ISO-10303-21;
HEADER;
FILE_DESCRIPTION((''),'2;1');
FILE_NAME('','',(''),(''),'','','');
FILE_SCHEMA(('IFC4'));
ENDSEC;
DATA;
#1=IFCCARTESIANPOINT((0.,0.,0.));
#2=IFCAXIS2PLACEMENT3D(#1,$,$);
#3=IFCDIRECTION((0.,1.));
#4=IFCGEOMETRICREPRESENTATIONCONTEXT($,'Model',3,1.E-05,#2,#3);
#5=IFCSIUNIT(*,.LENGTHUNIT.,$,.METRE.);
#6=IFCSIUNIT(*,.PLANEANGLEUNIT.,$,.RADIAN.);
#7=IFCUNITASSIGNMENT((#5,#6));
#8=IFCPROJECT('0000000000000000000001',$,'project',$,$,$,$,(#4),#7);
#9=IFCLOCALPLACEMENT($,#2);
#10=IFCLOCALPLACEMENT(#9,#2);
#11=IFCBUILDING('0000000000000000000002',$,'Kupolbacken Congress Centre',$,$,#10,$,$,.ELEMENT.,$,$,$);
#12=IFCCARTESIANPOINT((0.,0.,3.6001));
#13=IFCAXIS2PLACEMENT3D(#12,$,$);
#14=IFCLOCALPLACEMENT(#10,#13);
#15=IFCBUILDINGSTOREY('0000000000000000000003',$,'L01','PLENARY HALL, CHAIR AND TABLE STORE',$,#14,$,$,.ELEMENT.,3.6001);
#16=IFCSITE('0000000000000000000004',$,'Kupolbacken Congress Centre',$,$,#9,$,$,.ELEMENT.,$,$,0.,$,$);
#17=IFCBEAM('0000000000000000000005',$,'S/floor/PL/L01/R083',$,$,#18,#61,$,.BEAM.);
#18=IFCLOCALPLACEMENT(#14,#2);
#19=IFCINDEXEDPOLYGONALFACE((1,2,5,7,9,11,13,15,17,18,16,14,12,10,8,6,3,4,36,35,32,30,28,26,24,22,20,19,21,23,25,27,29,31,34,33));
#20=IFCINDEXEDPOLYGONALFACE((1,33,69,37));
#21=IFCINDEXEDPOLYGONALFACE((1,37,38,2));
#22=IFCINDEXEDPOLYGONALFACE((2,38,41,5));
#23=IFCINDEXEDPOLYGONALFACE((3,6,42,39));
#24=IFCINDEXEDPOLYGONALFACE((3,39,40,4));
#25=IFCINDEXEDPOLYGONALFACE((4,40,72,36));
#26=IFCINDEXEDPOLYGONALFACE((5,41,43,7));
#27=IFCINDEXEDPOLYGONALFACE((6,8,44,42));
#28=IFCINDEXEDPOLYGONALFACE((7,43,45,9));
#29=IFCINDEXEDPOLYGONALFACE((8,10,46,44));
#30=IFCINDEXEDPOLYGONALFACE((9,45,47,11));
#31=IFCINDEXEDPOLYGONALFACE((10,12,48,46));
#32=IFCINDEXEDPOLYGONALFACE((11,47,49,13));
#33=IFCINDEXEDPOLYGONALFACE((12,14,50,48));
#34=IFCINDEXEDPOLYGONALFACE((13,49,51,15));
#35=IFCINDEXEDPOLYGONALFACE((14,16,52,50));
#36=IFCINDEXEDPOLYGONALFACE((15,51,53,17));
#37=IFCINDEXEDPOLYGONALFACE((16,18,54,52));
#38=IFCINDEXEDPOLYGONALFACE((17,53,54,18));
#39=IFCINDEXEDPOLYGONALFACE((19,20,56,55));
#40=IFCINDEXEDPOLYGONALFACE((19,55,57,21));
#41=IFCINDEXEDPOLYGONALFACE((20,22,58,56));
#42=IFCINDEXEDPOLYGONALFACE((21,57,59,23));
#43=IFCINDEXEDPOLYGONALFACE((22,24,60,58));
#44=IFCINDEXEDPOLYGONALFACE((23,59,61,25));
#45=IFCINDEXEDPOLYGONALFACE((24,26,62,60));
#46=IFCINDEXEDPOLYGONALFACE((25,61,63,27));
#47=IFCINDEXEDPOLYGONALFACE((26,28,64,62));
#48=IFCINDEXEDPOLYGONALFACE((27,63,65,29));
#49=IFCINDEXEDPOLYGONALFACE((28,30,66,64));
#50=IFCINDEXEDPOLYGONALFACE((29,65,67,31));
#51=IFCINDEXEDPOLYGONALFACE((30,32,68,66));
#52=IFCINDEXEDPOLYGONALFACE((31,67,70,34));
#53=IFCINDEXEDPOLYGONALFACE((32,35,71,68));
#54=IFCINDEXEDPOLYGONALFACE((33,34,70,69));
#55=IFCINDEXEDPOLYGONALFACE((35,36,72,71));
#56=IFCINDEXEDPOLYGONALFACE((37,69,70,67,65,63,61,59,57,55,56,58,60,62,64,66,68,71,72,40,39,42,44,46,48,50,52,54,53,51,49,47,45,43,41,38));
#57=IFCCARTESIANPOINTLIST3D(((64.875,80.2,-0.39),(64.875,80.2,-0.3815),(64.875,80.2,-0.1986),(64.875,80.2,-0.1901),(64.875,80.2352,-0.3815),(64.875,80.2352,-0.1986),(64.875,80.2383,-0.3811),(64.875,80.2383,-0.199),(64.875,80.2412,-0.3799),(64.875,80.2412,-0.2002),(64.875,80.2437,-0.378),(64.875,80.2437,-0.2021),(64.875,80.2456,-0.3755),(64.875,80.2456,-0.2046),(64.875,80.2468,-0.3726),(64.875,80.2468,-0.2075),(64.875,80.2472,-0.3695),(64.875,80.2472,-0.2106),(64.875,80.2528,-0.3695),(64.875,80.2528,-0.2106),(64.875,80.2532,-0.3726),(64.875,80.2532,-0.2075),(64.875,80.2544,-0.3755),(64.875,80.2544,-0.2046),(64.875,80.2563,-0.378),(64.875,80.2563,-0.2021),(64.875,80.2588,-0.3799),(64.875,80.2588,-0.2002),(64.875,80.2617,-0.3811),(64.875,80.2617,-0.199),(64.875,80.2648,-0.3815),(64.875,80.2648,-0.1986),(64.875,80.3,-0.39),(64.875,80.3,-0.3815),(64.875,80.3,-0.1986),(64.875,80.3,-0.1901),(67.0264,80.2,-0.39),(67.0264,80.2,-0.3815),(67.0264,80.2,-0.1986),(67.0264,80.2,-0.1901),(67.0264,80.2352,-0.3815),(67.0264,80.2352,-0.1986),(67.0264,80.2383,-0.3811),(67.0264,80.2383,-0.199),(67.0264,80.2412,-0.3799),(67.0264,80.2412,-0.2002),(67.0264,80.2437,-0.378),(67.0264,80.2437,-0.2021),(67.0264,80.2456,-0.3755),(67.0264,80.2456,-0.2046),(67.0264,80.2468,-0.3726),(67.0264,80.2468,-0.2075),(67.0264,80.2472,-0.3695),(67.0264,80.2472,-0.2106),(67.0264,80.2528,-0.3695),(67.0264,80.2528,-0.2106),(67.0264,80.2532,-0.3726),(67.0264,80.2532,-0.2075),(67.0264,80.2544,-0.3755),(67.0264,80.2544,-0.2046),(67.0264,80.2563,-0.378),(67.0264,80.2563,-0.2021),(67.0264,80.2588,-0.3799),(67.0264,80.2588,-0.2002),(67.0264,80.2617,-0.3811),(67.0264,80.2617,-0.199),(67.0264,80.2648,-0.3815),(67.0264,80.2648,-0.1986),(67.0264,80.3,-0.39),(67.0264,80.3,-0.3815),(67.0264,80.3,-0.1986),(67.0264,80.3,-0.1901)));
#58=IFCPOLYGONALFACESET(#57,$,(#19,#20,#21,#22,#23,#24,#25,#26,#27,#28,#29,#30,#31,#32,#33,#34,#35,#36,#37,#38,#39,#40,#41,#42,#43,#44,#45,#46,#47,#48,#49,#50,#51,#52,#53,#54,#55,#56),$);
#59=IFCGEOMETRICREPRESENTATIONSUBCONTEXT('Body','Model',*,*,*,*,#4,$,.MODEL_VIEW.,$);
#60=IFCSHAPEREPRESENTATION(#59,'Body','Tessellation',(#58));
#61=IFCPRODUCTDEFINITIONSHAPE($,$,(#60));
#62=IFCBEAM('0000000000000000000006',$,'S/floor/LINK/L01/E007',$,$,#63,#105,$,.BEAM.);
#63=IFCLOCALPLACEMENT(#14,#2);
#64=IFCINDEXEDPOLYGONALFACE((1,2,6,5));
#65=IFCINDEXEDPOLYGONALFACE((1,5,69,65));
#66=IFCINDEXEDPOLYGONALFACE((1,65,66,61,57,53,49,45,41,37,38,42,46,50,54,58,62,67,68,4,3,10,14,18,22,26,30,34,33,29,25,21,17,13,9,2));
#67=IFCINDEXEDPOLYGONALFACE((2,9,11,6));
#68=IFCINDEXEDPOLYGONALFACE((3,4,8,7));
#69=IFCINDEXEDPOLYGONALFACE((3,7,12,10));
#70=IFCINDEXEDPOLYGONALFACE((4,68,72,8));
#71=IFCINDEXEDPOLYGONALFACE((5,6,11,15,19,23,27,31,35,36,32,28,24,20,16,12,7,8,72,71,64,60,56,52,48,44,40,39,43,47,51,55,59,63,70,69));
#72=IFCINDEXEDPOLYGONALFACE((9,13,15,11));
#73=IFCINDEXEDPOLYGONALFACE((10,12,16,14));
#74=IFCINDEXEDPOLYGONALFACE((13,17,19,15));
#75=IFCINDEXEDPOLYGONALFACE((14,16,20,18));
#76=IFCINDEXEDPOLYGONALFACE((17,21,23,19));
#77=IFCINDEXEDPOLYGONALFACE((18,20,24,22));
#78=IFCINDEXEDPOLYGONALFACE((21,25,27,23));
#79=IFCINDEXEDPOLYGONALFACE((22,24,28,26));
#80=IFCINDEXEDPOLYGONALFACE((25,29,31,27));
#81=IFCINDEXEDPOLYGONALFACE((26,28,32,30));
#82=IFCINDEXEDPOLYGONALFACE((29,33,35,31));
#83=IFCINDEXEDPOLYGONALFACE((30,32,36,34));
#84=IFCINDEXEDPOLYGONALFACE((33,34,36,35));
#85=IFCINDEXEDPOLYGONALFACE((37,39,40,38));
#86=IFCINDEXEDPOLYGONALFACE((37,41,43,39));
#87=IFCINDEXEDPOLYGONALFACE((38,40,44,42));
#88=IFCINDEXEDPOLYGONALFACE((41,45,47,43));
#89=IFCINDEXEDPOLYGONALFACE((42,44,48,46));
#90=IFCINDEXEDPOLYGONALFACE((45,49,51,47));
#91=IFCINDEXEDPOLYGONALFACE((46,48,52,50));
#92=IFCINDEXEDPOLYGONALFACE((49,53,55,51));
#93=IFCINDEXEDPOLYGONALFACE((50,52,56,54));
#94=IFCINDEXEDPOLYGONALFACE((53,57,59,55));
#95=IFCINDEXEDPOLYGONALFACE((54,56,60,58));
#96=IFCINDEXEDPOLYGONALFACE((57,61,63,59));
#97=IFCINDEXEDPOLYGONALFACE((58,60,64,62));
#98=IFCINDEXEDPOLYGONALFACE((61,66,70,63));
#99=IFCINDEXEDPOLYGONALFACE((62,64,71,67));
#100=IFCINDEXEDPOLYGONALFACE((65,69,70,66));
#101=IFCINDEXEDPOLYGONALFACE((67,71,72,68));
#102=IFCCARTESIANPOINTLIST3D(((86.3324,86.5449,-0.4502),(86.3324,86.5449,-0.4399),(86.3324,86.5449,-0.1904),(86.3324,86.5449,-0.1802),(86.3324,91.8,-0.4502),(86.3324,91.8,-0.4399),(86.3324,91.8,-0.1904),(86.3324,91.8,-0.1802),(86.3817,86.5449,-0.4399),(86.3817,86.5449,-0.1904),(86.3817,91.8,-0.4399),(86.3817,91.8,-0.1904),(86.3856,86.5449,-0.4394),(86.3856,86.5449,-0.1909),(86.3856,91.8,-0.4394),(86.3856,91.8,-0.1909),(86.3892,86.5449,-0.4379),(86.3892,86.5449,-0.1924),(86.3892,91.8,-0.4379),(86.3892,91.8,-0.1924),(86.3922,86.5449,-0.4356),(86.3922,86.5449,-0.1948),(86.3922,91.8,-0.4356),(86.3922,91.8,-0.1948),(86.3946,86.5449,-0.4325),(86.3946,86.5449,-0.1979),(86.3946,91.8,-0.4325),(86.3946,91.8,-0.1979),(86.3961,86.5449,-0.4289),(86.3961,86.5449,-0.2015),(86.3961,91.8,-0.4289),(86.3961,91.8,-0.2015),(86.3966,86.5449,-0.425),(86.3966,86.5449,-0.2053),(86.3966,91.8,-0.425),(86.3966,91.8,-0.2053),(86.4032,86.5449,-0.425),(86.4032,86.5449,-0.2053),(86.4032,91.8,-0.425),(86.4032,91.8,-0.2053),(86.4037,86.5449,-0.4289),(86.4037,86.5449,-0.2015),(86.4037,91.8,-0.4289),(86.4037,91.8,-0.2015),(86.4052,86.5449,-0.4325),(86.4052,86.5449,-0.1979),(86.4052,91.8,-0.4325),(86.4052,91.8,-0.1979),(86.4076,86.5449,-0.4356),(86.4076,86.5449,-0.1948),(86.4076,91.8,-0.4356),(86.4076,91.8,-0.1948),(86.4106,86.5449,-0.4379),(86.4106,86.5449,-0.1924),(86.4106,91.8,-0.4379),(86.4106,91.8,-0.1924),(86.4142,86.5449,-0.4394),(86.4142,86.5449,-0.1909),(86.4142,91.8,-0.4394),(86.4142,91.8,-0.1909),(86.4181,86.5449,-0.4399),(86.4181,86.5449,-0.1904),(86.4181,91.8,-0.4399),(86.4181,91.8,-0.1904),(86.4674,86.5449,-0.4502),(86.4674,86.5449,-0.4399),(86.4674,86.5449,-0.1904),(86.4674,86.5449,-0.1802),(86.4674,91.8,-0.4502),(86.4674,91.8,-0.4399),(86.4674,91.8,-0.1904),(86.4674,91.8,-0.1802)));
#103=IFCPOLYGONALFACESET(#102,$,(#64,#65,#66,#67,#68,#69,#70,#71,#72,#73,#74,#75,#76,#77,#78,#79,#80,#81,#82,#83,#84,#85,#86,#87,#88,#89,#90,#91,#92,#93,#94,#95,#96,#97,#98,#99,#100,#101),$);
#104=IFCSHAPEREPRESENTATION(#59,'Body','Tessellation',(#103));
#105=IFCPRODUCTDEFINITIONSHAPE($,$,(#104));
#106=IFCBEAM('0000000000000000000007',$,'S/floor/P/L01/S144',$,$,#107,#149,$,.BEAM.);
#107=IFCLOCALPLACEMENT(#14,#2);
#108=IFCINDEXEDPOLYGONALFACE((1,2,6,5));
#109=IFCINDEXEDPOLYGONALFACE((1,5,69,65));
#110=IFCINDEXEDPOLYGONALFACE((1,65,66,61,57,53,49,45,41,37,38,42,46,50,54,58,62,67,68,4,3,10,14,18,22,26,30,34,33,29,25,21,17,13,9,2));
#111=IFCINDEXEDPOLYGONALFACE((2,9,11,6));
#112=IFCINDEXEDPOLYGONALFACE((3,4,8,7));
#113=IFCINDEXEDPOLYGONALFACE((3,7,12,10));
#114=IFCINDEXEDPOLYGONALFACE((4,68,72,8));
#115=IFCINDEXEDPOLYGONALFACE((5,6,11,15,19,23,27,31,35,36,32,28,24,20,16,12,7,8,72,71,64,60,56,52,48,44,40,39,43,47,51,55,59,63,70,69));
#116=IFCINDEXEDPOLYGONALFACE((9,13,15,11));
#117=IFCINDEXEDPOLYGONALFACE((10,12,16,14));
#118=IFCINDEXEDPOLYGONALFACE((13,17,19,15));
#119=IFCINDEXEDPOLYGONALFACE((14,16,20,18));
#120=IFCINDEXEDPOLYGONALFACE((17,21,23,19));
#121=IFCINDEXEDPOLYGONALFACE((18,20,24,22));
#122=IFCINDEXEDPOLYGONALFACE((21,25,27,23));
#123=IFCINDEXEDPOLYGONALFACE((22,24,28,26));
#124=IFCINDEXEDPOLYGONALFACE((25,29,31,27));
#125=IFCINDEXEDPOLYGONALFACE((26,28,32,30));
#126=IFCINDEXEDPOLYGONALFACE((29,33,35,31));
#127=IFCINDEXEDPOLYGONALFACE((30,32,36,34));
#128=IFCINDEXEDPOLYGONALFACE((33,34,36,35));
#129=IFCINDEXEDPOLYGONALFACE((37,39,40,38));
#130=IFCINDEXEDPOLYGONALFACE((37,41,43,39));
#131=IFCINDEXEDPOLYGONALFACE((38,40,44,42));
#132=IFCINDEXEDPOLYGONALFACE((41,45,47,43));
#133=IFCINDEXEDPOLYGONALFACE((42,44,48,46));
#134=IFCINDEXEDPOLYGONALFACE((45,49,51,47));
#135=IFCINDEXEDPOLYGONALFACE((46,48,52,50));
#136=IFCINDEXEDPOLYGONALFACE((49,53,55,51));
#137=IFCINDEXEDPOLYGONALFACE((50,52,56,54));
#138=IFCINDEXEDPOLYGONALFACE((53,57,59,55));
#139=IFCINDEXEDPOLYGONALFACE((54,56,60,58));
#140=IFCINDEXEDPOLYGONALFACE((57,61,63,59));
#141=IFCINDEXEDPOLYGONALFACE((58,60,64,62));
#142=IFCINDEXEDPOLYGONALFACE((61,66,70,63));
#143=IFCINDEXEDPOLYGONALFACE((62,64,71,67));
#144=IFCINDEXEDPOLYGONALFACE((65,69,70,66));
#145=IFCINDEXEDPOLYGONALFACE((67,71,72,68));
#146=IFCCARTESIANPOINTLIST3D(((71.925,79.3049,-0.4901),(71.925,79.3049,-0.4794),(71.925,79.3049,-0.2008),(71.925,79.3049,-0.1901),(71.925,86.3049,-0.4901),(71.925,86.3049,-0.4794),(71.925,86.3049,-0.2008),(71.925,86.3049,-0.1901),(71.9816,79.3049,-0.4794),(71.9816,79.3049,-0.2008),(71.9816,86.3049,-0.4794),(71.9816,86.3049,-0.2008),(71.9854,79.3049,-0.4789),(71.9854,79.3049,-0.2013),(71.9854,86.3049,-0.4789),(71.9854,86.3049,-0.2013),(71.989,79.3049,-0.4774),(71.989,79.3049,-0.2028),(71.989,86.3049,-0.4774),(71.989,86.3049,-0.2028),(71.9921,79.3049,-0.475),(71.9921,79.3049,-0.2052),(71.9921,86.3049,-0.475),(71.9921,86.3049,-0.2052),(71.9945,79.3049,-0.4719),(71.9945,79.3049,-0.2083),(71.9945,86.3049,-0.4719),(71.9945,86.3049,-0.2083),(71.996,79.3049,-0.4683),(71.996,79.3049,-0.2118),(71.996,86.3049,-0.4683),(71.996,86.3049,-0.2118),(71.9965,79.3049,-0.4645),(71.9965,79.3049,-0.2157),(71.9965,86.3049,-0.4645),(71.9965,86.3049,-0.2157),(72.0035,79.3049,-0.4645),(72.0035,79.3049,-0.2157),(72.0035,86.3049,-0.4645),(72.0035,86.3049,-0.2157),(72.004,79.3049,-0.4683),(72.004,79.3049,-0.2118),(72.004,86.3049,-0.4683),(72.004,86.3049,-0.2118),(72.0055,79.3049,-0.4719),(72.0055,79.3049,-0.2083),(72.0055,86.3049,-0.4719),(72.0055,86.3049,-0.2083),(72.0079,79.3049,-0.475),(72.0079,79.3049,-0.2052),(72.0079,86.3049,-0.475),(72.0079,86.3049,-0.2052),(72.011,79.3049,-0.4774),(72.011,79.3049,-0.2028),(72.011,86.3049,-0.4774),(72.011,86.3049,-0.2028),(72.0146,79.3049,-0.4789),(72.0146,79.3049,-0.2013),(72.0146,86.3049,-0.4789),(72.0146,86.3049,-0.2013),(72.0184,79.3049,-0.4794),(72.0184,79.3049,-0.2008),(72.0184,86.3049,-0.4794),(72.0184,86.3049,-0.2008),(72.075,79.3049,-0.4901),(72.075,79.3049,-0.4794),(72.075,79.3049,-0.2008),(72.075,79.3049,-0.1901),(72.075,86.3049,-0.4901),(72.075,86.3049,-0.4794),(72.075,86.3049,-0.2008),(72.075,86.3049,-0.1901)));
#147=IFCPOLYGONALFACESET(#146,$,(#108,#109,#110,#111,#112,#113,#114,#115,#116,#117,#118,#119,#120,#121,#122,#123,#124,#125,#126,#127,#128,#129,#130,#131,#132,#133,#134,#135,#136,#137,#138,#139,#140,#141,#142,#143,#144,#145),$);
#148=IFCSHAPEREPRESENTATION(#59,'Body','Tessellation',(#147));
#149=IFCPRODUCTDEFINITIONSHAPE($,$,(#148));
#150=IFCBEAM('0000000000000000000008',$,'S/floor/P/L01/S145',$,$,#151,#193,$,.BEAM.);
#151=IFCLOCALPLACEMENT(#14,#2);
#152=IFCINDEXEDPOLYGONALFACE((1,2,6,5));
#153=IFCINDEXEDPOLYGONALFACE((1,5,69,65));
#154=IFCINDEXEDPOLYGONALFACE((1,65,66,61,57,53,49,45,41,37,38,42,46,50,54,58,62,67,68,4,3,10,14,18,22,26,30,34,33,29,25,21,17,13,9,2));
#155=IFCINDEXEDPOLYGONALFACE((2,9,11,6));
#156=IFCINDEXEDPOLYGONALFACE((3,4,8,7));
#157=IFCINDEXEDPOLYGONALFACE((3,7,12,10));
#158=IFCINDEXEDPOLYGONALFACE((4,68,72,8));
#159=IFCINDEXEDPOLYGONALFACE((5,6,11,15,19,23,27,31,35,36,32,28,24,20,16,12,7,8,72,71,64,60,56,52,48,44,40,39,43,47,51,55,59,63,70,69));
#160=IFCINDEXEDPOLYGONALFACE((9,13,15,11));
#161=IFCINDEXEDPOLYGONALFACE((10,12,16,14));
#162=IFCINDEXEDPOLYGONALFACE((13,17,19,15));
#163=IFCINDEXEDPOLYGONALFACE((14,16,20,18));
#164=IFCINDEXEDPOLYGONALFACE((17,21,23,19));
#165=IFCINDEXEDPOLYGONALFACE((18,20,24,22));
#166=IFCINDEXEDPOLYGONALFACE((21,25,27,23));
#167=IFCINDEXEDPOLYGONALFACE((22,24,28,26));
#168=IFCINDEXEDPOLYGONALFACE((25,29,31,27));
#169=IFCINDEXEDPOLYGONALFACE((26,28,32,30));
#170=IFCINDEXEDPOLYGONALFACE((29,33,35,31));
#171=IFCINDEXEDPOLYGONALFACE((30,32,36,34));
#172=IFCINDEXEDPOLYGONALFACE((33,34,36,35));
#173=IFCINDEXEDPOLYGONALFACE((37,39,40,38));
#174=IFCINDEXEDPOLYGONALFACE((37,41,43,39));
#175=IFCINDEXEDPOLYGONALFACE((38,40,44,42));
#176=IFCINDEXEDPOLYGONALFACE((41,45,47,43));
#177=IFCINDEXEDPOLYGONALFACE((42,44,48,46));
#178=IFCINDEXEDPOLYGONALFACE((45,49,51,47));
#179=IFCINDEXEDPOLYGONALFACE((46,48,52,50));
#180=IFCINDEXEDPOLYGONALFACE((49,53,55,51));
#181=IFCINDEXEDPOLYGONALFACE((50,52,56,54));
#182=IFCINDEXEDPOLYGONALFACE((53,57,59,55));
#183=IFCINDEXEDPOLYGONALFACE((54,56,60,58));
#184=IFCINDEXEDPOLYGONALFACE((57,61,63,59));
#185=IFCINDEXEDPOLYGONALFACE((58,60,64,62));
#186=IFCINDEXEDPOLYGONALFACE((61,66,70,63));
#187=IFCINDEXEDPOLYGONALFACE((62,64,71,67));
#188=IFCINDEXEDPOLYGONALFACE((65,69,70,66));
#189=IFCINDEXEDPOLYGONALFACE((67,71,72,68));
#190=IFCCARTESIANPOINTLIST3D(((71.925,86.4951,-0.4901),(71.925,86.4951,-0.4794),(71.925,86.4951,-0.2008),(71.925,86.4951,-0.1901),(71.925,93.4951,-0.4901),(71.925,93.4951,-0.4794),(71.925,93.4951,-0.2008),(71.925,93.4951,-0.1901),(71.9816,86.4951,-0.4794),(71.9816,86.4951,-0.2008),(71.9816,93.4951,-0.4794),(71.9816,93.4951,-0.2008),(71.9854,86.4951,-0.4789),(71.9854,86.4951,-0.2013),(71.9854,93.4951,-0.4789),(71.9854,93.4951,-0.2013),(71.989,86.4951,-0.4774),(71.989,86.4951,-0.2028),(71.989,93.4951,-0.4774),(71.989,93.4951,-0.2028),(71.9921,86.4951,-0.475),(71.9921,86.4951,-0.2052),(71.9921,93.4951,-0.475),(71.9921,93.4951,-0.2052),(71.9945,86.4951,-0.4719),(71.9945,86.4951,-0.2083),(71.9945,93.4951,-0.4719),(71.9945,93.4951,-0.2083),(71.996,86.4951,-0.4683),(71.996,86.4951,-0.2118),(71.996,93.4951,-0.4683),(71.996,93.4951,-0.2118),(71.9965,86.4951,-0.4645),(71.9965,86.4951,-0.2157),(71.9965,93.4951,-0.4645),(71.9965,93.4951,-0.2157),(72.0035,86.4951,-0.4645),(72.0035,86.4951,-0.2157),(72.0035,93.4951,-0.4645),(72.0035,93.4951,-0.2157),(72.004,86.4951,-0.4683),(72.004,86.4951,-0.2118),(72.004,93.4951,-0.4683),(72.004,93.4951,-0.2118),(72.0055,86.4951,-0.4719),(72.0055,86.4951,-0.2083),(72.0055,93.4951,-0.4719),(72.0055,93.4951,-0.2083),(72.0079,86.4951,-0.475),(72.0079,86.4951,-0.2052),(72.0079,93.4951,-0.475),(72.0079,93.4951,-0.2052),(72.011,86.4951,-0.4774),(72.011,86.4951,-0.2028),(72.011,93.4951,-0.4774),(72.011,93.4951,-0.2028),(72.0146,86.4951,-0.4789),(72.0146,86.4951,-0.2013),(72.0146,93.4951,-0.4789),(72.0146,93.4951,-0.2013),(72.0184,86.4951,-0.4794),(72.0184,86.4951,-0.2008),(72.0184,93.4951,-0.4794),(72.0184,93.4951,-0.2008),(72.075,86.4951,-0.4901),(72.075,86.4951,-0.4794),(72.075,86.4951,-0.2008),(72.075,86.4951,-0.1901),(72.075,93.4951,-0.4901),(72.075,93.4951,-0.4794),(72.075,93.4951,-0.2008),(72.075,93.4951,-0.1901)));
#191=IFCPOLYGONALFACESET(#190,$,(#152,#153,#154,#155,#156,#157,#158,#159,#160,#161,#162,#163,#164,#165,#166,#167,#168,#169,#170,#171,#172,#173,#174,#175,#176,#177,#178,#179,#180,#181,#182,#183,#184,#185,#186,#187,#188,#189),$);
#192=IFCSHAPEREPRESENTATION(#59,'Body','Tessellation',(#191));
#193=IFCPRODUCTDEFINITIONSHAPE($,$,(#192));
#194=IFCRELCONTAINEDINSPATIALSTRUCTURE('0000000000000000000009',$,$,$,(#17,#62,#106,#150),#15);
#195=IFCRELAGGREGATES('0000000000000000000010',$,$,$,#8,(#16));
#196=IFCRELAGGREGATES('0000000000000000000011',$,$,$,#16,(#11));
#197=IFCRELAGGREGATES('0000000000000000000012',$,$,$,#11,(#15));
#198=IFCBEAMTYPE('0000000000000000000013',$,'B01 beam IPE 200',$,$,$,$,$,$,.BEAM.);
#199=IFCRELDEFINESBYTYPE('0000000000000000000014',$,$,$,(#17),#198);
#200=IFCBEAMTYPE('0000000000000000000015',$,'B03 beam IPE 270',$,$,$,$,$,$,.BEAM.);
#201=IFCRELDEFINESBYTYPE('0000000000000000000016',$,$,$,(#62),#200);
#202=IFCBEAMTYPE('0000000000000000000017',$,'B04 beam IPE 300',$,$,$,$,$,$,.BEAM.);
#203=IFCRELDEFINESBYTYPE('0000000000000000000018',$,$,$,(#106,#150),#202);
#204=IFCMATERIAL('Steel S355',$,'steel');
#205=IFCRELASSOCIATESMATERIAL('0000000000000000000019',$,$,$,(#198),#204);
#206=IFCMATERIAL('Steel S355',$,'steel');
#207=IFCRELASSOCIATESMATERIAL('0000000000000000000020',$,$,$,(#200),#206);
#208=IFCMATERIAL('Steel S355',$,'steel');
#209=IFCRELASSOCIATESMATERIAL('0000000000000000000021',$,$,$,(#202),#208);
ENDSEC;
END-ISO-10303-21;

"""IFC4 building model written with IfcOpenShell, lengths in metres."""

from ifc_helpers import new_model, si_unit, direction, frame, origin, origin_2d, place, context, subcontext, project, spatial, i_section, extrude, material, material_profile, profile_set, type_object, element, save


model = new_model("IFC4")

# Units and contexts
model_context = context("Model", 3, precision=1e-05, world=origin(), true_north=direction((0.0, 1.0)))
body_context = subcontext(model_context, "Body", "Model", "MODEL_VIEW")
ifc_project = project(units=[si_unit("LENGTHUNIT", "METRE"), si_unit("PLANEANGLEUNIT", "RADIAN")], contexts=[model_context])

# Site, building, storey
site_placement = place(None, origin())
site = spatial("IfcSite", under=ifc_project, at=site_placement, Name="Kupolbacken Congress Centre", CompositionType="ELEMENT", RefElevation=0.0)
building_placement = place(site_placement, origin())
building = spatial("IfcBuilding", under=site, at=building_placement, Name="Kupolbacken Congress Centre", CompositionType="ELEMENT")
storey_placement = place(building_placement, frame((0.0, 0.0, 3.6001)))
storey = spatial("IfcBuildingStorey", under=building, at=storey_placement, Name="L01", Description="PLENARY HALL, CHAIR AND TABLE STORE", CompositionType="ELEMENT", Elevation=3.6001)

# Beams
ifc_material_1 = material(Name="Steel S355", Category="steel")
ifc_material_profile_1 = material_profile(ifc_material_1, i_section(OverallWidth=0.1001, OverallDepth=0.2, WebThickness=0.0056, FlangeThickness=0.0085, FilletRadius=0.012, at=origin_2d()), Name="IPE 200")
ifc_profile_set_1 = profile_set([ifc_material_profile_1], Name="Steel S355")
beam_type_1 = type_object("IfcBeamType", Name="B01 beam IPE 200", PredefinedType="BEAM", material=ifc_profile_set_1)
beam_1_placement = place(storey_placement, frame((64.875, 80.25, -0.29), z_axis=(1.0, 0.0, 0.0), x_axis=(0.0, 1.0, 0.0)))
element("IfcBeam", 1, at=beam_1_placement, inside=storey, type_object=beam_type_1, Name="S/floor/PL/L01/R083", PredefinedType="BEAM", context=body_context, shape_type="SweptSolid", body=[
    extrude(i_section(OverallWidth=0.1001, OverallDepth=0.2, WebThickness=0.0056, FlangeThickness=0.0085, FilletRadius=0.012, at=origin_2d()), origin(), (0.0, 0.0, 1.0), 2.1514),
])
ifc_material_2 = material(Name="Steel S355", Category="steel")
ifc_material_profile_2 = material_profile(ifc_material_2, i_section(OverallWidth=0.135, OverallDepth=0.27, WebThickness=0.0066, FlangeThickness=0.0103, FilletRadius=0.0149, at=origin_2d()), Name="IPE 270")
ifc_profile_set_2 = profile_set([ifc_material_profile_2], Name="Steel S355")
beam_type_2 = type_object("IfcBeamType", Name="B03 beam IPE 270", PredefinedType="BEAM", material=ifc_profile_set_2)
beam_2_placement = place(storey_placement, frame((86.3999, 86.5449, -0.3152), z_axis=(0.0, 1.0, 0.0), x_axis=(-1.0, 0.0, 0.0)))
element("IfcBeam", 2, at=beam_2_placement, inside=storey, type_object=beam_type_2, Name="S/floor/LINK/L01/E007", PredefinedType="BEAM", context=body_context, shape_type="SweptSolid", body=[
    extrude(i_section(OverallWidth=0.135, OverallDepth=0.27, WebThickness=0.0066, FlangeThickness=0.0103, FilletRadius=0.0149, at=origin_2d()), origin(), (0.0, 0.0, 1.0), 5.2551),
])
ifc_material_3 = material(Name="Steel S355", Category="steel")
ifc_material_profile_3 = material_profile(ifc_material_3, i_section(OverallWidth=0.1499, OverallDepth=0.3, WebThickness=0.0071, FlangeThickness=0.0107, FilletRadius=0.0149, at=origin_2d()), Name="IPE 300")
ifc_profile_set_3 = profile_set([ifc_material_profile_3], Name="Steel S355")
beam_type_3 = type_object("IfcBeamType", Name="B04 beam IPE 300", PredefinedType="BEAM", material=ifc_profile_set_3)
for number, where, z_axis, x_axis, name in (
    (3, (72.0, 79.3049, -0.3401), (0.0, 1.0, 0.0), (-1.0, 0.0, 0.0), "S/floor/P/L01/S144"),
    (4, (72.0, 86.4951, -0.3401), (0.0, 1.0, 0.0), (-1.0, 0.0, 0.0), "S/floor/P/L01/S145"),
):
    element("IfcBeam", number, at=place(storey_placement, frame(where, z_axis=z_axis, x_axis=x_axis)), inside=storey, type_object=beam_type_3, Name=name, PredefinedType="BEAM", context=body_context, shape_type="SweptSolid", body=[
        extrude(i_section(OverallWidth=0.1499, OverallDepth=0.3, WebThickness=0.0071, FlangeThickness=0.0107, FilletRadius=0.0149, at=origin_2d()), origin(), (0.0, 0.0, 1.0), 7.0),
    ])

save(model, "model.ifc")
